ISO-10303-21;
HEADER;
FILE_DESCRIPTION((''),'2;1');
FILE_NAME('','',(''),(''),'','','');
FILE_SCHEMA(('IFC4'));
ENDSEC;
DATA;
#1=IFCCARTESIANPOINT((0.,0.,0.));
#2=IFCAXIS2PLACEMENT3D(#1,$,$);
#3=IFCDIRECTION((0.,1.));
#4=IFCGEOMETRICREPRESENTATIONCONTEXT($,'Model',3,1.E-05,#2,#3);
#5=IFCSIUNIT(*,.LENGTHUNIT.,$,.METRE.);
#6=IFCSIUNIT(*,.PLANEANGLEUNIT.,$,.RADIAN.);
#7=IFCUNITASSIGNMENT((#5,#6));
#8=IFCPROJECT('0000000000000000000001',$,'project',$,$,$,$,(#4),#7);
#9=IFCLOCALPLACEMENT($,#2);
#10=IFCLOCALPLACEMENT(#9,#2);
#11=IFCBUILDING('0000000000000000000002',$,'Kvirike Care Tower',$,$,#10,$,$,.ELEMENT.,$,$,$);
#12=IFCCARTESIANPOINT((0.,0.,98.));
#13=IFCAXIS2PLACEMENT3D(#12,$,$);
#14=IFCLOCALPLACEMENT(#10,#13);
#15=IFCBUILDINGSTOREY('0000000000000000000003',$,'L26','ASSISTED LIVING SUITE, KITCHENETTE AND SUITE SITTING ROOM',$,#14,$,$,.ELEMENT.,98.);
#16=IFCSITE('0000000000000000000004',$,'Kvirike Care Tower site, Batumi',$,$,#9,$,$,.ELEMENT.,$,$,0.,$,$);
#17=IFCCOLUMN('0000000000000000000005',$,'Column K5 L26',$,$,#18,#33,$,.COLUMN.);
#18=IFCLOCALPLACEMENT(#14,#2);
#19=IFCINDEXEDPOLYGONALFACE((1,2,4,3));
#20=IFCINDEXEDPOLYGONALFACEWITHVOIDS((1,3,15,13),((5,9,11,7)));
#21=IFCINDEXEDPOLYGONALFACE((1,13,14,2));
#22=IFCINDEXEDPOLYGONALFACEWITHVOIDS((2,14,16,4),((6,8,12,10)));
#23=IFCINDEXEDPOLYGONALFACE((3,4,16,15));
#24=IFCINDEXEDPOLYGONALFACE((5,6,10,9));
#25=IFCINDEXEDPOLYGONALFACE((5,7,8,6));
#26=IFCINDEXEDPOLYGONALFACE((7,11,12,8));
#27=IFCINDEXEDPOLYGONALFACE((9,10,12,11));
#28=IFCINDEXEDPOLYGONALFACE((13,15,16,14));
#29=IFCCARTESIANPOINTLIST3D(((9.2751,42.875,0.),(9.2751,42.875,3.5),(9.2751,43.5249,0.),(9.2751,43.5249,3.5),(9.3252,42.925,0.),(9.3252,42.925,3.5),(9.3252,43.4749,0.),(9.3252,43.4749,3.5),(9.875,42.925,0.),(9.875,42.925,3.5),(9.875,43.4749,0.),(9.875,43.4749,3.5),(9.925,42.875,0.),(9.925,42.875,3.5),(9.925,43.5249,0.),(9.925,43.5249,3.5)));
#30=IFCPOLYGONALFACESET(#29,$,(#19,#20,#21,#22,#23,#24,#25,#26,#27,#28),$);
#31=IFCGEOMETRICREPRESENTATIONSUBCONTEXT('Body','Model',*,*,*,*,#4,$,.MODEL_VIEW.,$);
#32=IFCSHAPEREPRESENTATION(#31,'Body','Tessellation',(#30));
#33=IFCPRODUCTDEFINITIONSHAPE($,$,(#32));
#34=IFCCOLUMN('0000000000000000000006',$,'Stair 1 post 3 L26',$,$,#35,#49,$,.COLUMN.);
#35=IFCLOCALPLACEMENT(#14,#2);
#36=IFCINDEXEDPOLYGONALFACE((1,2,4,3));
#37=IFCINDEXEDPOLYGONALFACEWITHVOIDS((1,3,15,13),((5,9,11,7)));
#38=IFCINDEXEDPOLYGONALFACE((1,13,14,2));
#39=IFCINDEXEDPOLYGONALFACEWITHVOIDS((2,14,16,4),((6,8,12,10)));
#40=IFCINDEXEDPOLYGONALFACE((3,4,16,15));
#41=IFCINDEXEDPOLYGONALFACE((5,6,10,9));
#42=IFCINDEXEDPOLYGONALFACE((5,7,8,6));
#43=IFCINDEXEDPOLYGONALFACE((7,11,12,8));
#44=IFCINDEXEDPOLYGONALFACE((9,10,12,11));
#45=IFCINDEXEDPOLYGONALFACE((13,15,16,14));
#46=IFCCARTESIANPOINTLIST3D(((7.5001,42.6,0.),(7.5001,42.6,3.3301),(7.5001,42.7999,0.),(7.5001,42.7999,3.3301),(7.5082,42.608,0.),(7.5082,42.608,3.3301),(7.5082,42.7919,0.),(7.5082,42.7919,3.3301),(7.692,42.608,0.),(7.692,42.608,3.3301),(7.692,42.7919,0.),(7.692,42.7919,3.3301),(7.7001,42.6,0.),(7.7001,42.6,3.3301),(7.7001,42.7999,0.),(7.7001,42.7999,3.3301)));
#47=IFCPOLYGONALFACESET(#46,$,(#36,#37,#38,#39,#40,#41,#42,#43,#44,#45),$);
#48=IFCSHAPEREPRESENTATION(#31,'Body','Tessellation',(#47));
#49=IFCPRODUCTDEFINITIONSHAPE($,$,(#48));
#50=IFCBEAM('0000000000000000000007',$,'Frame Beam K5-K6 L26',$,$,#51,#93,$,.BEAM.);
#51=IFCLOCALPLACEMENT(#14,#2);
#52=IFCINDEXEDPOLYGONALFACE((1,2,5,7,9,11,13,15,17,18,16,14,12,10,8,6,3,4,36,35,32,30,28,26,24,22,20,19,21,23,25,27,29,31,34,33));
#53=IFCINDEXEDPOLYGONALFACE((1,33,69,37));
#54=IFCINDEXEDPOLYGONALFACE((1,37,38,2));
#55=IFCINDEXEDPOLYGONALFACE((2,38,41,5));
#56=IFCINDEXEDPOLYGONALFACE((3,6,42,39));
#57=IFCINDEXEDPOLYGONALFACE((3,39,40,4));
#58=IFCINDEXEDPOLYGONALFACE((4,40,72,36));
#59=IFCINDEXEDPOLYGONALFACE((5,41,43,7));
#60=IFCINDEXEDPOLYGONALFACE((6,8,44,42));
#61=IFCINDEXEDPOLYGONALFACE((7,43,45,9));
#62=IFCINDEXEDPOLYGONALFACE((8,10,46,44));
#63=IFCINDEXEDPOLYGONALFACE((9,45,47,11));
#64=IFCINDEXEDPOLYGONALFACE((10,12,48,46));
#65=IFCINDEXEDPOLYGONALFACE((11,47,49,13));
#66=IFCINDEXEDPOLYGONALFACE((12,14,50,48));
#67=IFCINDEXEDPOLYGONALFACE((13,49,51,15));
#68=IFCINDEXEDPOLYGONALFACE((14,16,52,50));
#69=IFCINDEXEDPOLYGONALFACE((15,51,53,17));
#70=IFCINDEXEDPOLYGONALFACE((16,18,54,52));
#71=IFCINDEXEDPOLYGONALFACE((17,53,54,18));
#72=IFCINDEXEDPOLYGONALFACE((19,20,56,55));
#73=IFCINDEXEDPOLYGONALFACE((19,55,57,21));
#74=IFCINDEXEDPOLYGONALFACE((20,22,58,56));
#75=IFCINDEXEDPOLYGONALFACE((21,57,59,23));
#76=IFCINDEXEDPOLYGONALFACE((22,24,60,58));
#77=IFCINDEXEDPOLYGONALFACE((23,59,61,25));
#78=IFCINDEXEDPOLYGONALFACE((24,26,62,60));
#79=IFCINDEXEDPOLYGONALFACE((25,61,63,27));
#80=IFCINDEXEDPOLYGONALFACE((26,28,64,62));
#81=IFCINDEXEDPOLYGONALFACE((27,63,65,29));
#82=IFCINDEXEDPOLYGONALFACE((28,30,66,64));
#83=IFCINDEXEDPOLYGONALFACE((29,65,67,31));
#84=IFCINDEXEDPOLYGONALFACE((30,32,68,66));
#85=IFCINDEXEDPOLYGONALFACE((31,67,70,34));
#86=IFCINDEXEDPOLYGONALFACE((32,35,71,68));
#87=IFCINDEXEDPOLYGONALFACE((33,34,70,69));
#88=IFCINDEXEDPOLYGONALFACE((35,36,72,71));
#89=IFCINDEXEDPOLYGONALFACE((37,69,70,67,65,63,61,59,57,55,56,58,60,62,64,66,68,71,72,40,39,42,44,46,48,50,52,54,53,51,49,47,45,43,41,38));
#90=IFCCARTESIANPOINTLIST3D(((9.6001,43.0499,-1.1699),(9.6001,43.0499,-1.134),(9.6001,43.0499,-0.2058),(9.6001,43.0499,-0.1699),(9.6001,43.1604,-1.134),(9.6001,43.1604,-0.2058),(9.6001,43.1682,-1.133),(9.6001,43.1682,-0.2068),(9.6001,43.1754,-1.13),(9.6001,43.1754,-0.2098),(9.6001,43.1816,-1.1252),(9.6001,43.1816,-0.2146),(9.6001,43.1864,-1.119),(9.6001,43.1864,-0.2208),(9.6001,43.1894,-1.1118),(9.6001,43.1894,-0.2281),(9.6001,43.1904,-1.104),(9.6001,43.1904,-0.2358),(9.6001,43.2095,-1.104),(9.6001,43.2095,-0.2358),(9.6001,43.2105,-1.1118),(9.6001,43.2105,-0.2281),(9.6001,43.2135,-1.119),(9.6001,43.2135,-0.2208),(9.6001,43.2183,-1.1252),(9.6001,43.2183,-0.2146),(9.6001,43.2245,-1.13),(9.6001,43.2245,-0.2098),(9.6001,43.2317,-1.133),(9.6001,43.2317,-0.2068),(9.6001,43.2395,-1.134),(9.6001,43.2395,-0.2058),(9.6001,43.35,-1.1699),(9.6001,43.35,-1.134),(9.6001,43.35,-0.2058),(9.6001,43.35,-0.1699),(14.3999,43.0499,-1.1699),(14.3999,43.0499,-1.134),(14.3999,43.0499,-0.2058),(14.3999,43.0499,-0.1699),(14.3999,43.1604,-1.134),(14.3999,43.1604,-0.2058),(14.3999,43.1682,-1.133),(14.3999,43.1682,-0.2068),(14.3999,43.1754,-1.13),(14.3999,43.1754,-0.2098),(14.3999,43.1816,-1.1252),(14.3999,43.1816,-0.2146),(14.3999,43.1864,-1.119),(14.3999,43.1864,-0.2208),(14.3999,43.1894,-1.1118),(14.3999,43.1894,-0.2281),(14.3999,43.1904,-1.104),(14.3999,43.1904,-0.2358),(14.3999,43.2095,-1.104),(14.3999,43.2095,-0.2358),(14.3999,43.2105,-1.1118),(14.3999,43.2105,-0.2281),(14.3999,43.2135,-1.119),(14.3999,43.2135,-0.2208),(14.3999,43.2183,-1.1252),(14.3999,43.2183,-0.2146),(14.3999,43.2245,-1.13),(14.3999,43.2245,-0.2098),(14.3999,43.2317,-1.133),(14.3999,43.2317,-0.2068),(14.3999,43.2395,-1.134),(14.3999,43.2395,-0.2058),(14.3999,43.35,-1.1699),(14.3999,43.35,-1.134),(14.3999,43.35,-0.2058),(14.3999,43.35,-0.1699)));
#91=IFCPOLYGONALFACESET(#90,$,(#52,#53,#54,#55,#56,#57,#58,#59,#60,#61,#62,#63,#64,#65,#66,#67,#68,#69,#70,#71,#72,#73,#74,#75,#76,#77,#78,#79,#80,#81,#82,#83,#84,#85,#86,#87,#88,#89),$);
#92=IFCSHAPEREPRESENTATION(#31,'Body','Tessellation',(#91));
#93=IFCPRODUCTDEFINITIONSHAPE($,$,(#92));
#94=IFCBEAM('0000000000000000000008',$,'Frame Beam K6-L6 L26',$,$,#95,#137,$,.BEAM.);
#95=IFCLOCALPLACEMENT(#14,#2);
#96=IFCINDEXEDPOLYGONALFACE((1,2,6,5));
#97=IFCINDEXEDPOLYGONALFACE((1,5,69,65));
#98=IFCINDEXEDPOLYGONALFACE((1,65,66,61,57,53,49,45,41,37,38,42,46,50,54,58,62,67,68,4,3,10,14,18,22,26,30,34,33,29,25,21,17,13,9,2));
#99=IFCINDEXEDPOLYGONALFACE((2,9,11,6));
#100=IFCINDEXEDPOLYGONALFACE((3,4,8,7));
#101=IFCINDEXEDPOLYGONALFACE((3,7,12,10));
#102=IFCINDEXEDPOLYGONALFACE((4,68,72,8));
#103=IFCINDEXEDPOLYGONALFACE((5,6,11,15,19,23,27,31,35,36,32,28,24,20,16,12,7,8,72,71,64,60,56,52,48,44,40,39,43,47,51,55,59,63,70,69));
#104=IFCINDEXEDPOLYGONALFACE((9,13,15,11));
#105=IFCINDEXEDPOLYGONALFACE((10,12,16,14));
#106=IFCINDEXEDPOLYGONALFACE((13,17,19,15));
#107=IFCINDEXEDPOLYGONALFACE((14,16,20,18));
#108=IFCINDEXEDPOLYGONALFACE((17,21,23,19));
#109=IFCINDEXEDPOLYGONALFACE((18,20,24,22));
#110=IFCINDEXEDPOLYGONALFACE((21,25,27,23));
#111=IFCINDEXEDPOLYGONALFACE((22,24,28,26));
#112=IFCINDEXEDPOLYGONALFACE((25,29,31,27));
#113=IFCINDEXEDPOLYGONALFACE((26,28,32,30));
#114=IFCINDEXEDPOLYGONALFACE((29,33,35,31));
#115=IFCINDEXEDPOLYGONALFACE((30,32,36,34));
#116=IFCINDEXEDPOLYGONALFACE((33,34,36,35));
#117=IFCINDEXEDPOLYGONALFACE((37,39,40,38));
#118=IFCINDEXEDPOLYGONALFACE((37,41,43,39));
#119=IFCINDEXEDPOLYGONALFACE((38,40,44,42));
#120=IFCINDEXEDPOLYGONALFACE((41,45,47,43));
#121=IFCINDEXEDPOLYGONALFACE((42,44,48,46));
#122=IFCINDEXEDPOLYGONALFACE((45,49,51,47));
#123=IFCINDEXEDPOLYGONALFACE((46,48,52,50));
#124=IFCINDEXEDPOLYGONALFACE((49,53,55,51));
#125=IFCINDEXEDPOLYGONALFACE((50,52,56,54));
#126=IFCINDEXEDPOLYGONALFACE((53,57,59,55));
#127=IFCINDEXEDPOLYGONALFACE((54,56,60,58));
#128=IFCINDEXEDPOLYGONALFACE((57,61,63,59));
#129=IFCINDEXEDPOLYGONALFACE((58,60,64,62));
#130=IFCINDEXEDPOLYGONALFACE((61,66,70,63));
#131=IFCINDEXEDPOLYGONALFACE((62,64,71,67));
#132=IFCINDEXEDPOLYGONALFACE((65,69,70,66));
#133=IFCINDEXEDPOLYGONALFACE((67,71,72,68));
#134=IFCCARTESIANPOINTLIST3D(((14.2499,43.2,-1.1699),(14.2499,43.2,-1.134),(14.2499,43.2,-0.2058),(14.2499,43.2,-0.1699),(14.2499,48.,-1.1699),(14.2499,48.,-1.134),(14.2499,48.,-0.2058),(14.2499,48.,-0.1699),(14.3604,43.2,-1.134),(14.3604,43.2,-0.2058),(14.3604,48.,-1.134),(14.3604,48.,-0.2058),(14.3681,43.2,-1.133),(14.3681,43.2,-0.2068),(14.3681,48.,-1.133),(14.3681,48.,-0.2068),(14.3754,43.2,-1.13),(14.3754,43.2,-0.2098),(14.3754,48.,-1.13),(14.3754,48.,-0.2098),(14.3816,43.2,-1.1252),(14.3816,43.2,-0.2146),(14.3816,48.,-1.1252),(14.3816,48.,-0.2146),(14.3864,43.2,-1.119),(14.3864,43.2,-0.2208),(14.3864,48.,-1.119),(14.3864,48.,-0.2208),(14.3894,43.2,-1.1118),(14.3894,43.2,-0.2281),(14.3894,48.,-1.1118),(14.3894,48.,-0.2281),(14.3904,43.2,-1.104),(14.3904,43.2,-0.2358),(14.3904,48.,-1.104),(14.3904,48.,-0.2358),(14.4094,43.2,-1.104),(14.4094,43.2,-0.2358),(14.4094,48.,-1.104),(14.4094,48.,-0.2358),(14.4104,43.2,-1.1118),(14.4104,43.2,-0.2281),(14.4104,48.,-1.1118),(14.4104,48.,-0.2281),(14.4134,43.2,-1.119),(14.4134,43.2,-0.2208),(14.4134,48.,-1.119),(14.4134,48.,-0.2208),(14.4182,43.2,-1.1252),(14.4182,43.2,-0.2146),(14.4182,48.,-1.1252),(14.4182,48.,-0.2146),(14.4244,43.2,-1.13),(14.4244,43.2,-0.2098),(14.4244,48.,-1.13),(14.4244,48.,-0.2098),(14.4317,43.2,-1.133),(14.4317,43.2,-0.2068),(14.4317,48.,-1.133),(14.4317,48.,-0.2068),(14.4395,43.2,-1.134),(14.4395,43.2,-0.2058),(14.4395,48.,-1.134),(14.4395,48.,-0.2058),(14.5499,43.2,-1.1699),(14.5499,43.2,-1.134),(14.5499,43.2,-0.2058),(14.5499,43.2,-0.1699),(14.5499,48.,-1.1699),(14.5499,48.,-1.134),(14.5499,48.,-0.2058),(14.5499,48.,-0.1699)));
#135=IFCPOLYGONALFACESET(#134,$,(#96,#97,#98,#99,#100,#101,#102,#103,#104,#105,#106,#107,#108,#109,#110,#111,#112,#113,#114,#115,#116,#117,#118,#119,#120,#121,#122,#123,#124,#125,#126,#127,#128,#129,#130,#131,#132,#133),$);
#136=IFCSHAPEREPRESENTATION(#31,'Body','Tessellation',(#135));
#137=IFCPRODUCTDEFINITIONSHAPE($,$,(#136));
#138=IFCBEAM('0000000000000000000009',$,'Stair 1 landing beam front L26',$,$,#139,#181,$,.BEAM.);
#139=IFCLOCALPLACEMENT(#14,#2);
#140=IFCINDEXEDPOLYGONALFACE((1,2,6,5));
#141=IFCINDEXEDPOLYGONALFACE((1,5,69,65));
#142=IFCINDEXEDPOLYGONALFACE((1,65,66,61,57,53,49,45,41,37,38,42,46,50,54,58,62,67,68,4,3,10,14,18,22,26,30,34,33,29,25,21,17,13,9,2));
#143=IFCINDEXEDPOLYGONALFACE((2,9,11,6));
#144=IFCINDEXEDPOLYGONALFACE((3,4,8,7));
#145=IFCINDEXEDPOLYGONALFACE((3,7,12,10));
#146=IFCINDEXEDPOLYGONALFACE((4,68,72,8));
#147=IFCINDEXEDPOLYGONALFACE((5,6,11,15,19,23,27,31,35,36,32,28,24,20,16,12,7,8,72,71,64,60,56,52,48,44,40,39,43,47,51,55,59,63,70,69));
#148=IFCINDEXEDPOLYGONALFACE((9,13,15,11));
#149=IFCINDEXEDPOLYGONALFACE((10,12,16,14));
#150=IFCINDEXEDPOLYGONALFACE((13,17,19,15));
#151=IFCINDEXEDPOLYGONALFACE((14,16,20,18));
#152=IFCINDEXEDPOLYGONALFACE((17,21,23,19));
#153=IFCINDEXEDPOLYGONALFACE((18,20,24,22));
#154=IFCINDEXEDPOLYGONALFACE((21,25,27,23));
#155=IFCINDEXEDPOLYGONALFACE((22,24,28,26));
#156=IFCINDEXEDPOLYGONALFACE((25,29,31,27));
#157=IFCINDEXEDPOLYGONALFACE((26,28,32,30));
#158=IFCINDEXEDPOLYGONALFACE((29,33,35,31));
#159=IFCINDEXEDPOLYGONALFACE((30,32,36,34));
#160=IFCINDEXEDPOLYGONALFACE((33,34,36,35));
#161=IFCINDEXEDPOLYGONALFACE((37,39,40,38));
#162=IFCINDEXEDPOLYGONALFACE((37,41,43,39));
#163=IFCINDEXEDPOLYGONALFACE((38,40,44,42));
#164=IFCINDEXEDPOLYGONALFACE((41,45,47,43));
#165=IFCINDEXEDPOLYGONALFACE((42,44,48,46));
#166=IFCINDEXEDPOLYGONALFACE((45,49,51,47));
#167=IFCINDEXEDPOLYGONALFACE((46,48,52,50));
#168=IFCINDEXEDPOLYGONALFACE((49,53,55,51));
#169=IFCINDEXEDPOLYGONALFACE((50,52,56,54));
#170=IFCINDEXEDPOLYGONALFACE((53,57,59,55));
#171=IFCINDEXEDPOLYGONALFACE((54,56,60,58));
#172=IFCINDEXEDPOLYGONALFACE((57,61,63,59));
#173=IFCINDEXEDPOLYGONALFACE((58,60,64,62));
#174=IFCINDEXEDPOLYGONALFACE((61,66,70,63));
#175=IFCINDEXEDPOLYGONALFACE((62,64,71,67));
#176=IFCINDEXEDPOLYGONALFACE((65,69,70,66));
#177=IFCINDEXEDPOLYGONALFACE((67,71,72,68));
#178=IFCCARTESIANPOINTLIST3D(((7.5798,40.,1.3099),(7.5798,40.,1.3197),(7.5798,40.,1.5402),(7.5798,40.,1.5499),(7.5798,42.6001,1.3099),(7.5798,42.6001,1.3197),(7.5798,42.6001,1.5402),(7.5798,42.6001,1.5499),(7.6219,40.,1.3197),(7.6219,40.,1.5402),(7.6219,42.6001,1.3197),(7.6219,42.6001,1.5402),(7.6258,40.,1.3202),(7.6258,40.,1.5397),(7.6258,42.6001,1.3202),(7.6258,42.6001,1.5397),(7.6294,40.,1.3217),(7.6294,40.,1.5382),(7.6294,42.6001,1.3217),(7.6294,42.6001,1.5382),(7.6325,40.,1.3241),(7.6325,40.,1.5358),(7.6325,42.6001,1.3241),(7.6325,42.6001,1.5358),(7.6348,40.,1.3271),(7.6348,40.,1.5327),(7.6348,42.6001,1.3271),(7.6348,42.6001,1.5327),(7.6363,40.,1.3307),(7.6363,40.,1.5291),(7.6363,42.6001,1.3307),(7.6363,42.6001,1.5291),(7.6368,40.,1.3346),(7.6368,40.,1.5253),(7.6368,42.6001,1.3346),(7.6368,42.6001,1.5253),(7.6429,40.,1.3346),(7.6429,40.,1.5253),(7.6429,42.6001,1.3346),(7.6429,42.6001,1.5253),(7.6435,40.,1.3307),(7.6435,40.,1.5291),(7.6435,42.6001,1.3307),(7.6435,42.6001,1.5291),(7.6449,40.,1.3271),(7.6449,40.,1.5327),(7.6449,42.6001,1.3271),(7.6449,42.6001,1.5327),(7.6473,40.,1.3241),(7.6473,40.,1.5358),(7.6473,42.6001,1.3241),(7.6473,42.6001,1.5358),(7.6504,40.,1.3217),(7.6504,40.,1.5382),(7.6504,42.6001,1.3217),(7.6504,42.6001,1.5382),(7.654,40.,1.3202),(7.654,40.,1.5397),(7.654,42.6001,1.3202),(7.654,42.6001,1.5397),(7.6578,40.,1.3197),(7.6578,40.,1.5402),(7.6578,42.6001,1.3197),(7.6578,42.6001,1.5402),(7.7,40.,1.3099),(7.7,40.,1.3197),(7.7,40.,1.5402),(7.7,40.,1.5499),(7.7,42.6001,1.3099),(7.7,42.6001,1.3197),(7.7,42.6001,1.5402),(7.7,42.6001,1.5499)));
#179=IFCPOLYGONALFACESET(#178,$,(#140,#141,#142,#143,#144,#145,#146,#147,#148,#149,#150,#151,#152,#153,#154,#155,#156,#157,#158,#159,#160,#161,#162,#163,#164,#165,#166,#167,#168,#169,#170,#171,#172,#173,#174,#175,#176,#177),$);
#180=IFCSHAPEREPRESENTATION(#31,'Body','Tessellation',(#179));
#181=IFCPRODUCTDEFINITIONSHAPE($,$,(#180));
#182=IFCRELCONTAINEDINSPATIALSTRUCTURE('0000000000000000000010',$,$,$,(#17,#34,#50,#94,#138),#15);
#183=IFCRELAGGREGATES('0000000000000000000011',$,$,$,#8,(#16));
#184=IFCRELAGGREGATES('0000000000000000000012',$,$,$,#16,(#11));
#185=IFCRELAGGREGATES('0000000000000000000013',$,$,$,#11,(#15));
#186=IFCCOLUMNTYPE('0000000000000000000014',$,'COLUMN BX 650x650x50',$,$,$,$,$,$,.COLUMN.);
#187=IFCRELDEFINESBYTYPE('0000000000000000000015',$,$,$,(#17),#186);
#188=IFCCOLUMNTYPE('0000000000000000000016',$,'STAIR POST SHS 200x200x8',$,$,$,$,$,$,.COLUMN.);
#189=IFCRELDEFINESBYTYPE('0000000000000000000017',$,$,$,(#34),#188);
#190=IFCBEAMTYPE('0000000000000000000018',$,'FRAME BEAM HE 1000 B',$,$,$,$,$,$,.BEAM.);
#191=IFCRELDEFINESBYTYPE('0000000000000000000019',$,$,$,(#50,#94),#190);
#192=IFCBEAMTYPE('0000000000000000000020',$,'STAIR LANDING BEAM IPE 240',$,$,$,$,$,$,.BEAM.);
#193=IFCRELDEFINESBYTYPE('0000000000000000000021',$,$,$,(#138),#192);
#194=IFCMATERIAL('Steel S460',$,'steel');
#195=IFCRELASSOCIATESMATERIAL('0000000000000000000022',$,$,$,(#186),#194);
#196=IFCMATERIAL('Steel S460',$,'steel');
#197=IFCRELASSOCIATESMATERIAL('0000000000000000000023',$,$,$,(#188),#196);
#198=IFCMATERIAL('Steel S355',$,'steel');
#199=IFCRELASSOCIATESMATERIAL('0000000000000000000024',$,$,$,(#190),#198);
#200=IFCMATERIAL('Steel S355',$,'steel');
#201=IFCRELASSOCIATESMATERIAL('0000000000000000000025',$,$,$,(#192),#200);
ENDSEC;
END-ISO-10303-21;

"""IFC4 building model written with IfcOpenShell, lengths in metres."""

from ifc_helpers import new_model, si_unit, direction, frame, origin, origin_2d, place, context, subcontext, project, spatial, hollow_rectangle, i_section, extrude, material, material_profile, profile_set, type_object, element, save


model = new_model("IFC4")

# Units and contexts
model_context = context("Model", 3, precision=1e-05, world=origin(), true_north=direction((0.0, 1.0)))
body_context = subcontext(model_context, "Body", "Model", "MODEL_VIEW")
ifc_project = project(units=[si_unit("LENGTHUNIT", "METRE"), si_unit("PLANEANGLEUNIT", "RADIAN")], contexts=[model_context])

# Site, building, storey
site_placement = place(None, origin())
site = spatial("IfcSite", under=ifc_project, at=site_placement, Name="Kvirike Care Tower site, Batumi", CompositionType="ELEMENT", RefElevation=0.0)
building_placement = place(site_placement, origin())
building = spatial("IfcBuilding", under=site, at=building_placement, Name="Kvirike Care Tower", CompositionType="ELEMENT")
storey_placement = place(building_placement, frame((0.0, 0.0, 98.0)))
storey = spatial("IfcBuildingStorey", under=building, at=storey_placement, Name="L26", Description="ASSISTED LIVING SUITE, KITCHENETTE AND SUITE SITTING ROOM", CompositionType="ELEMENT", Elevation=98.0)

# Columns
ifc_material_1 = material(Name="Steel S460", Category="steel")
ifc_material_profile_1 = material_profile(ifc_material_1, hollow_rectangle(XDim=0.6499, YDim=0.6499, WallThickness=0.05, at=origin_2d()), Name="BX 650x650x50")
ifc_profile_set_1 = profile_set([ifc_material_profile_1], Name="Steel S460")
column_type_1 = type_object("IfcColumnType", Name="COLUMN BX 650x650x50", PredefinedType="COLUMN", material=ifc_profile_set_1)
column_1_placement = place(storey_placement, frame((9.6001, 43.2, 0.0), z_axis=(0.0, 0.0, 1.0), x_axis=(0.0, 1.0, 0.0)))
element("IfcColumn", 1, at=column_1_placement, inside=storey, type_object=column_type_1, Name="Column K5 L26", PredefinedType="COLUMN", context=body_context, shape_type="SweptSolid", body=[
    extrude(hollow_rectangle(XDim=0.6499, YDim=0.6499, WallThickness=0.05, at=origin_2d()), origin(), (0.0, 0.0, 1.0), 3.5),
])
ifc_material_2 = material(Name="Steel S460", Category="steel")
ifc_material_profile_2 = material_profile(ifc_material_2, hollow_rectangle(XDim=0.2, YDim=0.2, WallThickness=0.0081, at=origin_2d()), Name="SHS 200x200x8")
ifc_profile_set_2 = profile_set([ifc_material_profile_2], Name="Steel S460")
column_type_2 = type_object("IfcColumnType", Name="STAIR POST SHS 200x200x8", PredefinedType="COLUMN", material=ifc_profile_set_2)
column_2_placement = place(storey_placement, frame((7.6001, 42.7, 0.0), z_axis=(0.0, 0.0, 1.0), x_axis=(1.0, 0.0, 0.0)))
element("IfcColumn", 2, at=column_2_placement, inside=storey, type_object=column_type_2, Name="Stair 1 post 3 L26", PredefinedType="COLUMN", context=body_context, shape_type="SweptSolid", body=[
    extrude(hollow_rectangle(XDim=0.2, YDim=0.2, WallThickness=0.0081, at=origin_2d()), origin(), (0.0, 0.0, 1.0), 3.3301),
])

# Beams
ifc_material_3 = material(Name="Steel S355", Category="steel")
ifc_material_profile_3 = material_profile(ifc_material_3, i_section(OverallWidth=0.3, OverallDepth=1.0, WebThickness=0.019, FlangeThickness=0.0359, FilletRadius=0.03, at=origin_2d()), Name="HE 1000 B")
ifc_profile_set_3 = profile_set([ifc_material_profile_3], Name="Steel S355")
beam_type_1 = type_object("IfcBeamType", Name="FRAME BEAM HE 1000 B", PredefinedType="BEAM", material=ifc_profile_set_3)
beam_1_placement = place(storey_placement, frame((9.6001, 43.2, -0.6699), z_axis=(1.0, 0.0, 0.0), x_axis=(0.0, 1.0, 0.0)))
element("IfcBeam", 3, at=beam_1_placement, inside=storey, type_object=beam_type_1, Name="Frame Beam K5-K6 L26", PredefinedType="BEAM", context=body_context, shape_type="SweptSolid", body=[
    extrude(i_section(OverallWidth=0.3, OverallDepth=1.0, WebThickness=0.019, FlangeThickness=0.0359, FilletRadius=0.03, at=origin_2d()), origin(), (0.0, 0.0, 1.0), 4.7998),
])
beam_2_placement = place(storey_placement, frame((14.3999, 43.2, -0.6699), z_axis=(0.0, 1.0, 0.0), x_axis=(-1.0, 0.0, 0.0)))
element("IfcBeam", 4, at=beam_2_placement, inside=storey, type_object=beam_type_1, Name="Frame Beam K6-L6 L26", PredefinedType="BEAM", context=body_context, shape_type="SweptSolid", body=[
    extrude(i_section(OverallWidth=0.3, OverallDepth=1.0, WebThickness=0.019, FlangeThickness=0.0359, FilletRadius=0.03, at=origin_2d()), origin(), (0.0, 0.0, 1.0), 4.8),
])
ifc_material_4 = material(Name="Steel S355", Category="steel")
ifc_material_profile_4 = material_profile(ifc_material_4, i_section(OverallWidth=0.1201, OverallDepth=0.24, WebThickness=0.0061, FlangeThickness=0.0098, FilletRadius=0.0149, at=origin_2d()), Name="IPE 240")
ifc_profile_set_4 = profile_set([ifc_material_profile_4], Name="Steel S355")
beam_type_2 = type_object("IfcBeamType", Name="STAIR LANDING BEAM IPE 240", PredefinedType="BEAM", material=ifc_profile_set_4)
beam_3_placement = place(storey_placement, frame((7.6399, 42.6001, 1.4299), z_axis=(0.0, -1.0, 0.0), x_axis=(1.0, 0.0, 0.0)))
element("IfcBeam", 5, at=beam_3_placement, inside=storey, type_object=beam_type_2, Name="Stair 1 landing beam front L26", PredefinedType="BEAM", context=body_context, shape_type="SweptSolid", body=[
    extrude(i_section(OverallWidth=0.1201, OverallDepth=0.24, WebThickness=0.0061, FlangeThickness=0.0098, FilletRadius=0.0149, at=origin_2d()), origin(), (0.0, 0.0, 1.0), 2.6001),
])

save(model, "model.ifc")
